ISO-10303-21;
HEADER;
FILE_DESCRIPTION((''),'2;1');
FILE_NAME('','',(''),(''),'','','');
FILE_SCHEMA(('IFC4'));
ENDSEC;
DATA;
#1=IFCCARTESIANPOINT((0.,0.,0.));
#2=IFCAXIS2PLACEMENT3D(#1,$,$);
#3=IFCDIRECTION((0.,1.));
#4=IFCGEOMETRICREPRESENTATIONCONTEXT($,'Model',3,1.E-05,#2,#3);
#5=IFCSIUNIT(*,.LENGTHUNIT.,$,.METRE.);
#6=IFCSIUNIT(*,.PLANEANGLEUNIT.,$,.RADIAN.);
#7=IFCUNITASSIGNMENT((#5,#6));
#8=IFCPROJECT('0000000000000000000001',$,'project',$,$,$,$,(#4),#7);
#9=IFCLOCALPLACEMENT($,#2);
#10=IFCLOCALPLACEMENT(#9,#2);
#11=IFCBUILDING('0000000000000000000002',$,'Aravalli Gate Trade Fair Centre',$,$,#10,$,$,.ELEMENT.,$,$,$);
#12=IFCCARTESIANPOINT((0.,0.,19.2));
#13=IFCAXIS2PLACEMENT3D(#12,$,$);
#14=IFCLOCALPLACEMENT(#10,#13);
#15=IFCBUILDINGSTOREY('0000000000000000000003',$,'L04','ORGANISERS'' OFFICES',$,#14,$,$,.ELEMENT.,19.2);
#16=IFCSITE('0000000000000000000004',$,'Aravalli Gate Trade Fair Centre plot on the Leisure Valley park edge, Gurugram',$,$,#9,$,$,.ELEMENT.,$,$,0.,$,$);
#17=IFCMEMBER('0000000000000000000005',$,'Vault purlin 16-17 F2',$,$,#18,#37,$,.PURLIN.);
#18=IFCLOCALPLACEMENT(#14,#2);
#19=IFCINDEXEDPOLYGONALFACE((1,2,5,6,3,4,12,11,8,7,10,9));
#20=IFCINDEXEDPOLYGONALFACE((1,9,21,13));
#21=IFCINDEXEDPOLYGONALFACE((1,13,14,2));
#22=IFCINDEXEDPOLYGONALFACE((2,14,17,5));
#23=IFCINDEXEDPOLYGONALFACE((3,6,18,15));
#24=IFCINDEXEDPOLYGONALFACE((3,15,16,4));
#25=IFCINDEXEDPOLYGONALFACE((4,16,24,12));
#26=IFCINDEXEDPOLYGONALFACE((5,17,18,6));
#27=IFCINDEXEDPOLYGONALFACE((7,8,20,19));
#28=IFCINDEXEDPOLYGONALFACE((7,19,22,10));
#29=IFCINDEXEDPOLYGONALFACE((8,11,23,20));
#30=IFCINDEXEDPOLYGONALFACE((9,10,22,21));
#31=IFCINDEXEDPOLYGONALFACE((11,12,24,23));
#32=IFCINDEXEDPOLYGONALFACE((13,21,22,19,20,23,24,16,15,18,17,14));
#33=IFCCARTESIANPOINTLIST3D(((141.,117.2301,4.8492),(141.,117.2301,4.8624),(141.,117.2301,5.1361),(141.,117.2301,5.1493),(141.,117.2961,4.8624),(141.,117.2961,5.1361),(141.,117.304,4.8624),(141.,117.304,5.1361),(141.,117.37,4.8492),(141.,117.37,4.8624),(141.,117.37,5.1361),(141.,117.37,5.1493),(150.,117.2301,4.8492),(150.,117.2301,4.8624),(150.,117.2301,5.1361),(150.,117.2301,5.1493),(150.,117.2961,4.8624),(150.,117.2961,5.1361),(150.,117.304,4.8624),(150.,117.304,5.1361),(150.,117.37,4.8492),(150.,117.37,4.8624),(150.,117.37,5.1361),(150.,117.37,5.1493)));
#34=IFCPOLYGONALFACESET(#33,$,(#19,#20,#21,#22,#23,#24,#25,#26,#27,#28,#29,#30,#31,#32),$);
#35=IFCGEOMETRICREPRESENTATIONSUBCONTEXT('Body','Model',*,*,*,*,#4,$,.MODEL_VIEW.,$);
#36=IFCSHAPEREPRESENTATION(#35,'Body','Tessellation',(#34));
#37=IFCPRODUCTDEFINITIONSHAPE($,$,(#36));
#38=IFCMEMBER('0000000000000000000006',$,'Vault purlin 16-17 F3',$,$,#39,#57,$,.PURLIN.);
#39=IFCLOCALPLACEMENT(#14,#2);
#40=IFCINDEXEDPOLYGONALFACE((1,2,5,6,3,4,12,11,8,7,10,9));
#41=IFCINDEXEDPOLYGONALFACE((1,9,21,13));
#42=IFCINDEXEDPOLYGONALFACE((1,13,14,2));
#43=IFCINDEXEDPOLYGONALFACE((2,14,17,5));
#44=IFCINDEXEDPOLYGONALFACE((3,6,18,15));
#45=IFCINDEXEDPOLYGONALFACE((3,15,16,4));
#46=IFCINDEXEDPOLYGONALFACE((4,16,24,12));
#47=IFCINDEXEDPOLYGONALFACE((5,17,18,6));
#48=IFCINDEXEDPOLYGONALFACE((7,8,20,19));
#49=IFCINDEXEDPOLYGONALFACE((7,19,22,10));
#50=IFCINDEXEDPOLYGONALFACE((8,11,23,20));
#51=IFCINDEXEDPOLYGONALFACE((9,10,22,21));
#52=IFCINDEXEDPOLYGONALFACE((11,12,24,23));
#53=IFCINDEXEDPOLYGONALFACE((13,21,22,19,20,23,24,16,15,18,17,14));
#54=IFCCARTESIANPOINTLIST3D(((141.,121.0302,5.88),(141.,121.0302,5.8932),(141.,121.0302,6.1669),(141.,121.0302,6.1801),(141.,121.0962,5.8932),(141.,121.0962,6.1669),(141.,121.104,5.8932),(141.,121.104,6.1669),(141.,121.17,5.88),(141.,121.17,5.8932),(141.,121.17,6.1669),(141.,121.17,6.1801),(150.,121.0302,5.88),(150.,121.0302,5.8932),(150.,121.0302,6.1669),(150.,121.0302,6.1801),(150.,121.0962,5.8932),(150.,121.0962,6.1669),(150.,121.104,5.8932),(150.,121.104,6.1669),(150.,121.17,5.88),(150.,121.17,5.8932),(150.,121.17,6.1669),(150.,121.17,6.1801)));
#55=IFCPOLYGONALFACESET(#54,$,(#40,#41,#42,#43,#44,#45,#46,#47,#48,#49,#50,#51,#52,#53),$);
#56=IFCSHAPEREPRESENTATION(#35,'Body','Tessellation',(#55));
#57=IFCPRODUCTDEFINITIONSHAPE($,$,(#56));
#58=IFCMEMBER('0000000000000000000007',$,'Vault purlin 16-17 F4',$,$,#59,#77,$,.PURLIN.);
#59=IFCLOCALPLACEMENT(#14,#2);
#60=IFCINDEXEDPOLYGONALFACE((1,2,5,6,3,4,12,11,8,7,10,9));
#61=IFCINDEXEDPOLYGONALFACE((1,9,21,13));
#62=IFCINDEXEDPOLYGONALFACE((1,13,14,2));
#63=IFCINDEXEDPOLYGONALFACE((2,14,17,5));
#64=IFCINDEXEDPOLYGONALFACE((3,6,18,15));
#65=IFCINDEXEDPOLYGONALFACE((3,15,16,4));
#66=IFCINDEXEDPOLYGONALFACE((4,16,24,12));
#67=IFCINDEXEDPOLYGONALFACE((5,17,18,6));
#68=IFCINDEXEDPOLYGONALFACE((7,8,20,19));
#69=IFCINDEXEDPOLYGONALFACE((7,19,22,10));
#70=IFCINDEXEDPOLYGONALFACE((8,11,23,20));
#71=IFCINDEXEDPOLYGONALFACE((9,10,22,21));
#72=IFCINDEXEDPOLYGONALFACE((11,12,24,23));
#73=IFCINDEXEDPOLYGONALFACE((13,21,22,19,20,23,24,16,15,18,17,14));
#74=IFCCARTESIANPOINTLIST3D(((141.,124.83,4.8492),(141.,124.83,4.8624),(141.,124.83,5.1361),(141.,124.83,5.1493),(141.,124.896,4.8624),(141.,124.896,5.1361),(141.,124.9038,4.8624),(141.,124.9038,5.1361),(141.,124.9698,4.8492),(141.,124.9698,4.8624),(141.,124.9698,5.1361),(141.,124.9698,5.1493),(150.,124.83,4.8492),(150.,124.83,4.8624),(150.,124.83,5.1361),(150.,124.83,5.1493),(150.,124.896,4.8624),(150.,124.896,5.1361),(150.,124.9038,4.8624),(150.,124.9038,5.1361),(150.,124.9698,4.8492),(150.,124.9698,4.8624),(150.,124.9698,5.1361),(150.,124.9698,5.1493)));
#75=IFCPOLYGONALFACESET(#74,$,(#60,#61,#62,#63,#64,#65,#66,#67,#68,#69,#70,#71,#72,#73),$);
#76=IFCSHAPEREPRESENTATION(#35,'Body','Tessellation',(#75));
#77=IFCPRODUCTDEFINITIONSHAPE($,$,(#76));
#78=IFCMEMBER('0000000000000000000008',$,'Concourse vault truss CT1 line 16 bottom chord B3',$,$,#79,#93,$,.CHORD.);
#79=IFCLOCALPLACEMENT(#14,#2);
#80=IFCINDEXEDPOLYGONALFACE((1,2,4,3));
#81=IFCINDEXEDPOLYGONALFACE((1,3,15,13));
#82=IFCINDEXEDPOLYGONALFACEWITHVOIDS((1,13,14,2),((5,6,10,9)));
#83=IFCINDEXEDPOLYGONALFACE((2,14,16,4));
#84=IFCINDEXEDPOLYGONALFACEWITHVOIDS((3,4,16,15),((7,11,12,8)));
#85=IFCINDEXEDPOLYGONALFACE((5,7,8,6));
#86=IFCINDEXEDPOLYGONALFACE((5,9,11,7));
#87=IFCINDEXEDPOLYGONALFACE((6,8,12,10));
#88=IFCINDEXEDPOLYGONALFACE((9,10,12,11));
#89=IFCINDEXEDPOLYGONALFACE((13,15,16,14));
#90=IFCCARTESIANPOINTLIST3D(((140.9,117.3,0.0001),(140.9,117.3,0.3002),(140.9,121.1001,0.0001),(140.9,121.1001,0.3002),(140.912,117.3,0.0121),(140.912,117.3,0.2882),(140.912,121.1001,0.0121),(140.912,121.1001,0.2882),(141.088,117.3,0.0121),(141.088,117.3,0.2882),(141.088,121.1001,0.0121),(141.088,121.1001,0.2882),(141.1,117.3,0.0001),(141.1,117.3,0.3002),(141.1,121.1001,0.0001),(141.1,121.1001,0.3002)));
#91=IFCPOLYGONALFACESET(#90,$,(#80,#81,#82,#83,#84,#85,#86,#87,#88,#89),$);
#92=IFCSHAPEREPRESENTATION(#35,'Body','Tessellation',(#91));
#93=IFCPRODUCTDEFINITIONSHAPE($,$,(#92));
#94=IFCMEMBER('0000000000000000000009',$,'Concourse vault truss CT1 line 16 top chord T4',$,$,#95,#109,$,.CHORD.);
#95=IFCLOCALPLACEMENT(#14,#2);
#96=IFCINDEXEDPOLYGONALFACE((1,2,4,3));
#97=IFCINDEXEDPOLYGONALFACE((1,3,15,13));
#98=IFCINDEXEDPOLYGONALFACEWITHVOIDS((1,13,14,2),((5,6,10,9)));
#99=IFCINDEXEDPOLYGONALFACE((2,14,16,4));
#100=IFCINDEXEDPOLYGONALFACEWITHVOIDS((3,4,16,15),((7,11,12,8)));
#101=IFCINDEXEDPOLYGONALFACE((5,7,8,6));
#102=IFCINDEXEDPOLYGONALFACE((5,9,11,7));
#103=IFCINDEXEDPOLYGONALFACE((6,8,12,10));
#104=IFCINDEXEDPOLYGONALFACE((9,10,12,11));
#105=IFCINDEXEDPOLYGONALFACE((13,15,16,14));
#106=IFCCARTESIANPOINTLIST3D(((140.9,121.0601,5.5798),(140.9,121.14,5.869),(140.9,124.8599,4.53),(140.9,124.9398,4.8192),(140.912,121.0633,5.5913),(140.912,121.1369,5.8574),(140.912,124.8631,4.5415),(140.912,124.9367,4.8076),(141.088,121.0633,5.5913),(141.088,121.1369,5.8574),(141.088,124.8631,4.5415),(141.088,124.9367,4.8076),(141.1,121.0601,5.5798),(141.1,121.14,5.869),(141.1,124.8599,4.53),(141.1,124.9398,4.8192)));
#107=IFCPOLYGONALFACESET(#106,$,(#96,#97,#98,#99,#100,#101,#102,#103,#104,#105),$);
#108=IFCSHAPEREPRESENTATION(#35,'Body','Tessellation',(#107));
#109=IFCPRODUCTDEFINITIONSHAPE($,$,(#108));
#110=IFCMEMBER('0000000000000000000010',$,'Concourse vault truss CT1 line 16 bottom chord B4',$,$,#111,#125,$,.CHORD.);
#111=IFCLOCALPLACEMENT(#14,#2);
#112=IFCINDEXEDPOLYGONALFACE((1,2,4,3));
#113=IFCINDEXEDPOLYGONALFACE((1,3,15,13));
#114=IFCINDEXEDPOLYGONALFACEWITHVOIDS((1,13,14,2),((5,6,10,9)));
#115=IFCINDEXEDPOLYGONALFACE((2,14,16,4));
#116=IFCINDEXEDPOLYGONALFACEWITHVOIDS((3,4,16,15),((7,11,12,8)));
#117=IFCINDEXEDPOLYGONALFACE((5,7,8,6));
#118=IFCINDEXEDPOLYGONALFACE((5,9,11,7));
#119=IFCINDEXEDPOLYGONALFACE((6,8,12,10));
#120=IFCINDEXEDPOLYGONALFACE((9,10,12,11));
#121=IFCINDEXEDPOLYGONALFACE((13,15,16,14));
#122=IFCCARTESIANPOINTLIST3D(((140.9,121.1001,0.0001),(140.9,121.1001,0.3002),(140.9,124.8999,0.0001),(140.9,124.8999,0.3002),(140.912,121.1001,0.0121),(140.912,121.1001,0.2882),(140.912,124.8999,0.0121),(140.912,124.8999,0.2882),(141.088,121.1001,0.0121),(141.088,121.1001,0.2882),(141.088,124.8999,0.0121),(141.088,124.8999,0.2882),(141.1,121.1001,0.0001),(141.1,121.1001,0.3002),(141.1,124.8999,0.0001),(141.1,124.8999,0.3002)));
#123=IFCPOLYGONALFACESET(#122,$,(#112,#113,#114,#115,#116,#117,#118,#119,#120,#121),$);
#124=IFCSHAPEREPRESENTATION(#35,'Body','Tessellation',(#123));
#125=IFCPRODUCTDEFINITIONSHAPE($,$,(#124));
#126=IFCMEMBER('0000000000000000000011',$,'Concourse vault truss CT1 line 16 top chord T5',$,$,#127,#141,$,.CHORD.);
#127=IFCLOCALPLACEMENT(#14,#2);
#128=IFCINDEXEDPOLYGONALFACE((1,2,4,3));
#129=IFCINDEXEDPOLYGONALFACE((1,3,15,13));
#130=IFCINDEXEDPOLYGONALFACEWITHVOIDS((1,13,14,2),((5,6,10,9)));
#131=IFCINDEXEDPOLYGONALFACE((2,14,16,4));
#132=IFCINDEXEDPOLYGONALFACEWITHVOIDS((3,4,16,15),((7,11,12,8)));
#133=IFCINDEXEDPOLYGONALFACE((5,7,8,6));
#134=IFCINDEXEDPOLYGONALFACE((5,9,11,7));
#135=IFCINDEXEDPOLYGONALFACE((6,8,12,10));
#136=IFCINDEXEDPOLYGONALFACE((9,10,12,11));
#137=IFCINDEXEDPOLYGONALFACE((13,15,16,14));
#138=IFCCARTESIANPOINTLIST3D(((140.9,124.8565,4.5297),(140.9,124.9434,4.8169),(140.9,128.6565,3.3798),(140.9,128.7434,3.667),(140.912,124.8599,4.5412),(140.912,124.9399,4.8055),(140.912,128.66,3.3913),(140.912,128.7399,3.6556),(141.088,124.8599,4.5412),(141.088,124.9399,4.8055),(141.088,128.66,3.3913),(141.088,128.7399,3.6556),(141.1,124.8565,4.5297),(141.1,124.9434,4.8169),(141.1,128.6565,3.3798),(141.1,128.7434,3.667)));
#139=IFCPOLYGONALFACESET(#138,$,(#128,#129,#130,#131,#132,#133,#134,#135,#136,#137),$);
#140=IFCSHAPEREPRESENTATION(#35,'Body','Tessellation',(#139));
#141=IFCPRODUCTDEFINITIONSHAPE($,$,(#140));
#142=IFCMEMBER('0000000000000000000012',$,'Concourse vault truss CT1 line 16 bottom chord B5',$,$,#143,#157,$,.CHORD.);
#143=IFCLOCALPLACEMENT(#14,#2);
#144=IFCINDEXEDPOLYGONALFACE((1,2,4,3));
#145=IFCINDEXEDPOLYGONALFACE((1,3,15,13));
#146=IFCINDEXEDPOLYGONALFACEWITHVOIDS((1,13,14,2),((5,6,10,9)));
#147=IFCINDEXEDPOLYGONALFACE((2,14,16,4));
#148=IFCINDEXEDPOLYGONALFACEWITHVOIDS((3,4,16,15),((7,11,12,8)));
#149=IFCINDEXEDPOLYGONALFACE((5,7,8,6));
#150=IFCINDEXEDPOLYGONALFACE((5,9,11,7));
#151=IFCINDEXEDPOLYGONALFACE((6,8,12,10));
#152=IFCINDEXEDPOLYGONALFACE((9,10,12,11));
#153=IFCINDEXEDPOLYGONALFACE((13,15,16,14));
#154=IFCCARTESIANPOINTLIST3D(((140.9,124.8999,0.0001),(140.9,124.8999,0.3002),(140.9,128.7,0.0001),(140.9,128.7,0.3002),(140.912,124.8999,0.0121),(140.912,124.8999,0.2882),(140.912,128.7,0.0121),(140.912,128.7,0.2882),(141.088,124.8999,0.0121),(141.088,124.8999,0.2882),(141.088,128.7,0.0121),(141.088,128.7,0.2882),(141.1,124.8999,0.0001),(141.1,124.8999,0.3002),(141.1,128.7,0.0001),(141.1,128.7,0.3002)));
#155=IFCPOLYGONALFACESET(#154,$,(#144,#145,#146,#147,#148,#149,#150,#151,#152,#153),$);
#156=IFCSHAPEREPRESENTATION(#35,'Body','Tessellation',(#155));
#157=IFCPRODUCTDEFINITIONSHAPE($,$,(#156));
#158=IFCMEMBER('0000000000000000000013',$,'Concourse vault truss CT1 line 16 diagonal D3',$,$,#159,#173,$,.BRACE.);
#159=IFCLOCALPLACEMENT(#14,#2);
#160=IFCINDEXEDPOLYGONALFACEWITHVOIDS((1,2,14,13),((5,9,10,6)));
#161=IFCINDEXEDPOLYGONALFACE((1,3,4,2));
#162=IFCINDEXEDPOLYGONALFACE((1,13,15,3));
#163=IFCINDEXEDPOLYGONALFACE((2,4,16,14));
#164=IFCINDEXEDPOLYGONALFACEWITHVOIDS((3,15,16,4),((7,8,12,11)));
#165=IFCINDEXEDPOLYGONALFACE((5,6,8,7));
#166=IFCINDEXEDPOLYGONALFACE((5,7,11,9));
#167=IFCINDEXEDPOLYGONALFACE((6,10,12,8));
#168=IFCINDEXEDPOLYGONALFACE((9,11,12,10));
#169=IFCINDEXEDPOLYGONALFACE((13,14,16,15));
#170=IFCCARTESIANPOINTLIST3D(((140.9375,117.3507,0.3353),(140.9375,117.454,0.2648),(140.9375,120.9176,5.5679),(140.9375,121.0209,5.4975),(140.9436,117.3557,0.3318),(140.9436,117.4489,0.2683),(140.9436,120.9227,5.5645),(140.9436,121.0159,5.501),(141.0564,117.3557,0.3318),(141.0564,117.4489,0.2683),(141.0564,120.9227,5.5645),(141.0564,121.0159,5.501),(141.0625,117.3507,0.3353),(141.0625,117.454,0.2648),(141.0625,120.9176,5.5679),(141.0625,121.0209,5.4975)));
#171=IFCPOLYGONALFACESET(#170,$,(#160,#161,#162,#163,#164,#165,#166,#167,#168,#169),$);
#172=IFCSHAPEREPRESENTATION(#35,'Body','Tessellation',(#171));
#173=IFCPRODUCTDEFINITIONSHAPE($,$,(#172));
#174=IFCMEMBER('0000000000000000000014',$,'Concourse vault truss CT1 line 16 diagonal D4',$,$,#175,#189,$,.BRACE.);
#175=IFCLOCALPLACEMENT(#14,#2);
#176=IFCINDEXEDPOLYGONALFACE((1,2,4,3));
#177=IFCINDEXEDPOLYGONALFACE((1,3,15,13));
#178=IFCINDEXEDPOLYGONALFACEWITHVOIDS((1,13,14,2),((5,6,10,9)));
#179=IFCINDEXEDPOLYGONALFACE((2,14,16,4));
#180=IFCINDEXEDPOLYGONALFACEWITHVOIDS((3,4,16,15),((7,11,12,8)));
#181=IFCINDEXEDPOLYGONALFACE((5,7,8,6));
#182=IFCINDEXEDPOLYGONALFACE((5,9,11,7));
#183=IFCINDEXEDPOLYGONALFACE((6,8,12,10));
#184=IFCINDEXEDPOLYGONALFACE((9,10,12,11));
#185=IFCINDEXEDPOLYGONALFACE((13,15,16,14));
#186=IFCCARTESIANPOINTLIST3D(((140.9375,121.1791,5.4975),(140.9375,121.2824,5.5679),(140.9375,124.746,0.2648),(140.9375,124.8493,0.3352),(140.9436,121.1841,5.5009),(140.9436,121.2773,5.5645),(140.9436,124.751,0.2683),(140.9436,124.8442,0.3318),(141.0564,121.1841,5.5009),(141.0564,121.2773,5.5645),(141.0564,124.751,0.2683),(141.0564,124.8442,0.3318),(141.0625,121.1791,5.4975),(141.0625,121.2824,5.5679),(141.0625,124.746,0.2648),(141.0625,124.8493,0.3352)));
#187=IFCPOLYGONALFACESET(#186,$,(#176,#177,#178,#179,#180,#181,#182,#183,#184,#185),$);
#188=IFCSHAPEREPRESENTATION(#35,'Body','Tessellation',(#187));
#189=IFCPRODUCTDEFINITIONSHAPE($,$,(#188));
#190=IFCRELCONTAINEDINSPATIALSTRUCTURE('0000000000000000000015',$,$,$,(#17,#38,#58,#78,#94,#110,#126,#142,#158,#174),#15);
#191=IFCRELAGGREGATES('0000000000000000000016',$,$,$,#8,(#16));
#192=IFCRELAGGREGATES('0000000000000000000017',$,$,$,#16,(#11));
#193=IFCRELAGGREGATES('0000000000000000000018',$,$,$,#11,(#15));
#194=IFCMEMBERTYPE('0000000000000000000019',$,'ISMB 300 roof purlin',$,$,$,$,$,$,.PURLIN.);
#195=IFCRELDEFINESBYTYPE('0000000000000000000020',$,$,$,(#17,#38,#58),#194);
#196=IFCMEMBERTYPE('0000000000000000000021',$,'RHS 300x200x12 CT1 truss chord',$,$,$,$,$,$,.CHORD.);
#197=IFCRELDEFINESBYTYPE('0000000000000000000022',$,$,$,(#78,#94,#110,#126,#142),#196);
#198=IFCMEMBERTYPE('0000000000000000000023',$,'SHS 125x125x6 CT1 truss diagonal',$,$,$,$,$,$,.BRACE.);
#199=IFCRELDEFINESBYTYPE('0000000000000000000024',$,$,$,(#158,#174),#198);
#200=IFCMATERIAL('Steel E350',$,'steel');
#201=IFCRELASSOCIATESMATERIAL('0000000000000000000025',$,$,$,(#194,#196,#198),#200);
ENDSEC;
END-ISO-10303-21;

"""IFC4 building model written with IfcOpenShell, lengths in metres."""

from ifc_helpers import new_model, si_unit, direction, frame, origin, origin_2d, place, context, subcontext, project, spatial, hollow_rectangle, i_section, extrude, material, material_profile, profile_set, type_object, element, save


model = new_model("IFC4")

# Units and contexts
model_context = context("Model", 3, precision=1e-05, world=origin(), true_north=direction((0.0, 1.0)))
body_context = subcontext(model_context, "Body", "Model", "MODEL_VIEW")
ifc_project = project(units=[si_unit("LENGTHUNIT", "METRE"), si_unit("PLANEANGLEUNIT", "RADIAN")], contexts=[model_context])

# Site, building, storey
site_placement = place(None, origin())
site = spatial("IfcSite", under=ifc_project, at=site_placement, Name="Aravalli Gate Trade Fair Centre plot on the Leisure Valley park edge, Gurugram", CompositionType="ELEMENT", RefElevation=0.0)
building_placement = place(site_placement, origin())
building = spatial("IfcBuilding", under=site, at=building_placement, Name="Aravalli Gate Trade Fair Centre", CompositionType="ELEMENT")
storey_placement = place(building_placement, frame((0.0, 0.0, 19.2)))
storey = spatial("IfcBuildingStorey", under=building, at=storey_placement, Name="L04", Description="ORGANISERS' OFFICES", CompositionType="ELEMENT", Elevation=19.2)

# Members
ifc_material_1 = material(Name="Steel E350", Category="steel")
ifc_material_profile_1 = material_profile(ifc_material_1, i_section(OverallWidth=0.1399, OverallDepth=0.3, WebThickness=0.0078, FlangeThickness=0.0132, at=origin_2d()), Name="ISMB 300")
ifc_profile_set_1 = profile_set([ifc_material_profile_1], Name="Steel E350")
member_type_1 = type_object("IfcMemberType", Name="ISMB 300 roof purlin", PredefinedType="PURLIN", material=ifc_profile_set_1)
for number, where, z_axis, x_axis, name in (
    (1, (141.0, 117.3, 4.9993), (1.0, 0.0, 0.0), (0.0, 1.0, 0.0), "Vault purlin 16-17 F2"),
    (2, (141.0, 121.1001, 6.03), (1.0, 0.0, 0.0), (0.0, 1.0, 0.0), "Vault purlin 16-17 F3"),
    (3, (141.0, 124.8999, 4.9993), (1.0, 0.0, 0.0), (0.0, 1.0, 0.0), "Vault purlin 16-17 F4"),
):
    element("IfcMember", number, at=place(storey_placement, frame(where, z_axis=z_axis, x_axis=x_axis)), inside=storey, type_object=member_type_1, Name=name, PredefinedType="PURLIN", context=body_context, shape_type="SweptSolid", body=[
        extrude(i_section(OverallWidth=0.1399, OverallDepth=0.3, WebThickness=0.0078, FlangeThickness=0.0132, at=origin_2d()), origin(), (0.0, 0.0, 1.0), 9.0),
    ])
ifc_material_profile_2 = material_profile(ifc_material_1, hollow_rectangle(XDim=0.2, YDim=0.3, WallThickness=0.012, at=origin_2d()), Name="RHS 300x200x12")
ifc_profile_set_2 = profile_set([ifc_material_profile_2], Name="Steel E350")
member_type_2 = type_object("IfcMemberType", Name="RHS 300x200x12 CT1 truss chord", PredefinedType="CHORD", material=ifc_profile_set_2)
member_1_placement = place(storey_placement, frame((141.0, 117.3, 0.1501), z_axis=(0.0, 1.0, 0.0), x_axis=(-1.0, 0.0, 0.0)))
element("IfcMember", 4, at=member_1_placement, inside=storey, type_object=member_type_2, Name="Concourse vault truss CT1 line 16 bottom chord B3", PredefinedType="CHORD", context=body_context, shape_type="SweptSolid", body=[
    extrude(hollow_rectangle(XDim=0.2, YDim=0.3, WallThickness=0.012, at=origin_2d()), origin(), (0.0, 0.0, 1.0), 3.8),
])
member_2_placement = place(storey_placement, frame((141.0, 121.1001, 5.7244), z_axis=(0.0, 0.96389, -0.266302), x_axis=(-1.0, 0.0, 0.0)))
element("IfcMember", 5, at=member_2_placement, inside=storey, type_object=member_type_2, Name="Concourse vault truss CT1 line 16 top chord T4", PredefinedType="CHORD", context=body_context, shape_type="SweptSolid", body=[
    extrude(hollow_rectangle(XDim=0.2, YDim=0.3, WallThickness=0.012, at=origin_2d()), origin(), (0.0, 0.0, 1.0), 3.9421),
])
member_3_placement = place(storey_placement, frame((141.0, 121.1001, 0.1501), z_axis=(0.0, 1.0, 0.0), x_axis=(-1.0, 0.0, 0.0)))
element("IfcMember", 6, at=member_3_placement, inside=storey, type_object=member_type_2, Name="Concourse vault truss CT1 line 16 bottom chord B4", PredefinedType="CHORD", context=body_context, shape_type="SweptSolid", body=[
    extrude(hollow_rectangle(XDim=0.2, YDim=0.3, WallThickness=0.012, at=origin_2d()), origin(), (0.0, 0.0, 1.0), 3.7998),
])
member_4_placement = place(storey_placement, frame((141.0, 124.8999, 4.6733), z_axis=(0.0, 0.957138, -0.289632), x_axis=(-1.0, 0.0, 0.0)))
element("IfcMember", 7, at=member_4_placement, inside=storey, type_object=member_type_2, Name="Concourse vault truss CT1 line 16 top chord T5", PredefinedType="CHORD", context=body_context, shape_type="SweptSolid", body=[
    extrude(hollow_rectangle(XDim=0.2, YDim=0.3, WallThickness=0.012, at=origin_2d()), origin(), (0.0, 0.0, 1.0), 3.9702),
])
member_5_placement = place(storey_placement, frame((141.0, 124.8999, 0.1501), z_axis=(0.0, 1.0, 0.0), x_axis=(-1.0, 0.0, 0.0)))
element("IfcMember", 8, at=member_5_placement, inside=storey, type_object=member_type_2, Name="Concourse vault truss CT1 line 16 bottom chord B5", PredefinedType="CHORD", context=body_context, shape_type="SweptSolid", body=[
    extrude(hollow_rectangle(XDim=0.2, YDim=0.3, WallThickness=0.012, at=origin_2d()), origin(), (0.0, 0.0, 1.0), 3.8),
])
ifc_material_profile_3 = material_profile(ifc_material_1, hollow_rectangle(XDim=0.125, YDim=0.125, WallThickness=0.0061, at=origin_2d()), Name="SHS 125x125x6")
ifc_profile_set_3 = profile_set([ifc_material_profile_3], Name="Steel E350")
member_type_3 = type_object("IfcMemberType", Name="SHS 125x125x6 CT1 truss diagonal", PredefinedType="BRACE", material=ifc_profile_set_3)
for number, where, z_axis, x_axis, name in (
    (9, (141.0, 117.4023, 0.3), (0.0, 0.563247, 0.826289), (-1.0, 0.0, 0.0), "Concourse vault truss CT1 line 16 diagonal D3"),
    (10, (141.0, 121.2307, 5.5327), (0.0, 0.563247, -0.826289), (-1.0, 0.0, 0.0), "Concourse vault truss CT1 line 16 diagonal D4"),
):
    element("IfcMember", number, at=place(storey_placement, frame(where, z_axis=z_axis, x_axis=x_axis)), inside=storey, type_object=member_type_3, Name=name, PredefinedType="BRACE", context=body_context, shape_type="SweptSolid", body=[
        extrude(hollow_rectangle(XDim=0.125, YDim=0.125, WallThickness=0.0061, at=origin_2d()), origin(), (0.0, 0.0, 1.0), 6.3328),
    ])

save(model, "model.ifc")
